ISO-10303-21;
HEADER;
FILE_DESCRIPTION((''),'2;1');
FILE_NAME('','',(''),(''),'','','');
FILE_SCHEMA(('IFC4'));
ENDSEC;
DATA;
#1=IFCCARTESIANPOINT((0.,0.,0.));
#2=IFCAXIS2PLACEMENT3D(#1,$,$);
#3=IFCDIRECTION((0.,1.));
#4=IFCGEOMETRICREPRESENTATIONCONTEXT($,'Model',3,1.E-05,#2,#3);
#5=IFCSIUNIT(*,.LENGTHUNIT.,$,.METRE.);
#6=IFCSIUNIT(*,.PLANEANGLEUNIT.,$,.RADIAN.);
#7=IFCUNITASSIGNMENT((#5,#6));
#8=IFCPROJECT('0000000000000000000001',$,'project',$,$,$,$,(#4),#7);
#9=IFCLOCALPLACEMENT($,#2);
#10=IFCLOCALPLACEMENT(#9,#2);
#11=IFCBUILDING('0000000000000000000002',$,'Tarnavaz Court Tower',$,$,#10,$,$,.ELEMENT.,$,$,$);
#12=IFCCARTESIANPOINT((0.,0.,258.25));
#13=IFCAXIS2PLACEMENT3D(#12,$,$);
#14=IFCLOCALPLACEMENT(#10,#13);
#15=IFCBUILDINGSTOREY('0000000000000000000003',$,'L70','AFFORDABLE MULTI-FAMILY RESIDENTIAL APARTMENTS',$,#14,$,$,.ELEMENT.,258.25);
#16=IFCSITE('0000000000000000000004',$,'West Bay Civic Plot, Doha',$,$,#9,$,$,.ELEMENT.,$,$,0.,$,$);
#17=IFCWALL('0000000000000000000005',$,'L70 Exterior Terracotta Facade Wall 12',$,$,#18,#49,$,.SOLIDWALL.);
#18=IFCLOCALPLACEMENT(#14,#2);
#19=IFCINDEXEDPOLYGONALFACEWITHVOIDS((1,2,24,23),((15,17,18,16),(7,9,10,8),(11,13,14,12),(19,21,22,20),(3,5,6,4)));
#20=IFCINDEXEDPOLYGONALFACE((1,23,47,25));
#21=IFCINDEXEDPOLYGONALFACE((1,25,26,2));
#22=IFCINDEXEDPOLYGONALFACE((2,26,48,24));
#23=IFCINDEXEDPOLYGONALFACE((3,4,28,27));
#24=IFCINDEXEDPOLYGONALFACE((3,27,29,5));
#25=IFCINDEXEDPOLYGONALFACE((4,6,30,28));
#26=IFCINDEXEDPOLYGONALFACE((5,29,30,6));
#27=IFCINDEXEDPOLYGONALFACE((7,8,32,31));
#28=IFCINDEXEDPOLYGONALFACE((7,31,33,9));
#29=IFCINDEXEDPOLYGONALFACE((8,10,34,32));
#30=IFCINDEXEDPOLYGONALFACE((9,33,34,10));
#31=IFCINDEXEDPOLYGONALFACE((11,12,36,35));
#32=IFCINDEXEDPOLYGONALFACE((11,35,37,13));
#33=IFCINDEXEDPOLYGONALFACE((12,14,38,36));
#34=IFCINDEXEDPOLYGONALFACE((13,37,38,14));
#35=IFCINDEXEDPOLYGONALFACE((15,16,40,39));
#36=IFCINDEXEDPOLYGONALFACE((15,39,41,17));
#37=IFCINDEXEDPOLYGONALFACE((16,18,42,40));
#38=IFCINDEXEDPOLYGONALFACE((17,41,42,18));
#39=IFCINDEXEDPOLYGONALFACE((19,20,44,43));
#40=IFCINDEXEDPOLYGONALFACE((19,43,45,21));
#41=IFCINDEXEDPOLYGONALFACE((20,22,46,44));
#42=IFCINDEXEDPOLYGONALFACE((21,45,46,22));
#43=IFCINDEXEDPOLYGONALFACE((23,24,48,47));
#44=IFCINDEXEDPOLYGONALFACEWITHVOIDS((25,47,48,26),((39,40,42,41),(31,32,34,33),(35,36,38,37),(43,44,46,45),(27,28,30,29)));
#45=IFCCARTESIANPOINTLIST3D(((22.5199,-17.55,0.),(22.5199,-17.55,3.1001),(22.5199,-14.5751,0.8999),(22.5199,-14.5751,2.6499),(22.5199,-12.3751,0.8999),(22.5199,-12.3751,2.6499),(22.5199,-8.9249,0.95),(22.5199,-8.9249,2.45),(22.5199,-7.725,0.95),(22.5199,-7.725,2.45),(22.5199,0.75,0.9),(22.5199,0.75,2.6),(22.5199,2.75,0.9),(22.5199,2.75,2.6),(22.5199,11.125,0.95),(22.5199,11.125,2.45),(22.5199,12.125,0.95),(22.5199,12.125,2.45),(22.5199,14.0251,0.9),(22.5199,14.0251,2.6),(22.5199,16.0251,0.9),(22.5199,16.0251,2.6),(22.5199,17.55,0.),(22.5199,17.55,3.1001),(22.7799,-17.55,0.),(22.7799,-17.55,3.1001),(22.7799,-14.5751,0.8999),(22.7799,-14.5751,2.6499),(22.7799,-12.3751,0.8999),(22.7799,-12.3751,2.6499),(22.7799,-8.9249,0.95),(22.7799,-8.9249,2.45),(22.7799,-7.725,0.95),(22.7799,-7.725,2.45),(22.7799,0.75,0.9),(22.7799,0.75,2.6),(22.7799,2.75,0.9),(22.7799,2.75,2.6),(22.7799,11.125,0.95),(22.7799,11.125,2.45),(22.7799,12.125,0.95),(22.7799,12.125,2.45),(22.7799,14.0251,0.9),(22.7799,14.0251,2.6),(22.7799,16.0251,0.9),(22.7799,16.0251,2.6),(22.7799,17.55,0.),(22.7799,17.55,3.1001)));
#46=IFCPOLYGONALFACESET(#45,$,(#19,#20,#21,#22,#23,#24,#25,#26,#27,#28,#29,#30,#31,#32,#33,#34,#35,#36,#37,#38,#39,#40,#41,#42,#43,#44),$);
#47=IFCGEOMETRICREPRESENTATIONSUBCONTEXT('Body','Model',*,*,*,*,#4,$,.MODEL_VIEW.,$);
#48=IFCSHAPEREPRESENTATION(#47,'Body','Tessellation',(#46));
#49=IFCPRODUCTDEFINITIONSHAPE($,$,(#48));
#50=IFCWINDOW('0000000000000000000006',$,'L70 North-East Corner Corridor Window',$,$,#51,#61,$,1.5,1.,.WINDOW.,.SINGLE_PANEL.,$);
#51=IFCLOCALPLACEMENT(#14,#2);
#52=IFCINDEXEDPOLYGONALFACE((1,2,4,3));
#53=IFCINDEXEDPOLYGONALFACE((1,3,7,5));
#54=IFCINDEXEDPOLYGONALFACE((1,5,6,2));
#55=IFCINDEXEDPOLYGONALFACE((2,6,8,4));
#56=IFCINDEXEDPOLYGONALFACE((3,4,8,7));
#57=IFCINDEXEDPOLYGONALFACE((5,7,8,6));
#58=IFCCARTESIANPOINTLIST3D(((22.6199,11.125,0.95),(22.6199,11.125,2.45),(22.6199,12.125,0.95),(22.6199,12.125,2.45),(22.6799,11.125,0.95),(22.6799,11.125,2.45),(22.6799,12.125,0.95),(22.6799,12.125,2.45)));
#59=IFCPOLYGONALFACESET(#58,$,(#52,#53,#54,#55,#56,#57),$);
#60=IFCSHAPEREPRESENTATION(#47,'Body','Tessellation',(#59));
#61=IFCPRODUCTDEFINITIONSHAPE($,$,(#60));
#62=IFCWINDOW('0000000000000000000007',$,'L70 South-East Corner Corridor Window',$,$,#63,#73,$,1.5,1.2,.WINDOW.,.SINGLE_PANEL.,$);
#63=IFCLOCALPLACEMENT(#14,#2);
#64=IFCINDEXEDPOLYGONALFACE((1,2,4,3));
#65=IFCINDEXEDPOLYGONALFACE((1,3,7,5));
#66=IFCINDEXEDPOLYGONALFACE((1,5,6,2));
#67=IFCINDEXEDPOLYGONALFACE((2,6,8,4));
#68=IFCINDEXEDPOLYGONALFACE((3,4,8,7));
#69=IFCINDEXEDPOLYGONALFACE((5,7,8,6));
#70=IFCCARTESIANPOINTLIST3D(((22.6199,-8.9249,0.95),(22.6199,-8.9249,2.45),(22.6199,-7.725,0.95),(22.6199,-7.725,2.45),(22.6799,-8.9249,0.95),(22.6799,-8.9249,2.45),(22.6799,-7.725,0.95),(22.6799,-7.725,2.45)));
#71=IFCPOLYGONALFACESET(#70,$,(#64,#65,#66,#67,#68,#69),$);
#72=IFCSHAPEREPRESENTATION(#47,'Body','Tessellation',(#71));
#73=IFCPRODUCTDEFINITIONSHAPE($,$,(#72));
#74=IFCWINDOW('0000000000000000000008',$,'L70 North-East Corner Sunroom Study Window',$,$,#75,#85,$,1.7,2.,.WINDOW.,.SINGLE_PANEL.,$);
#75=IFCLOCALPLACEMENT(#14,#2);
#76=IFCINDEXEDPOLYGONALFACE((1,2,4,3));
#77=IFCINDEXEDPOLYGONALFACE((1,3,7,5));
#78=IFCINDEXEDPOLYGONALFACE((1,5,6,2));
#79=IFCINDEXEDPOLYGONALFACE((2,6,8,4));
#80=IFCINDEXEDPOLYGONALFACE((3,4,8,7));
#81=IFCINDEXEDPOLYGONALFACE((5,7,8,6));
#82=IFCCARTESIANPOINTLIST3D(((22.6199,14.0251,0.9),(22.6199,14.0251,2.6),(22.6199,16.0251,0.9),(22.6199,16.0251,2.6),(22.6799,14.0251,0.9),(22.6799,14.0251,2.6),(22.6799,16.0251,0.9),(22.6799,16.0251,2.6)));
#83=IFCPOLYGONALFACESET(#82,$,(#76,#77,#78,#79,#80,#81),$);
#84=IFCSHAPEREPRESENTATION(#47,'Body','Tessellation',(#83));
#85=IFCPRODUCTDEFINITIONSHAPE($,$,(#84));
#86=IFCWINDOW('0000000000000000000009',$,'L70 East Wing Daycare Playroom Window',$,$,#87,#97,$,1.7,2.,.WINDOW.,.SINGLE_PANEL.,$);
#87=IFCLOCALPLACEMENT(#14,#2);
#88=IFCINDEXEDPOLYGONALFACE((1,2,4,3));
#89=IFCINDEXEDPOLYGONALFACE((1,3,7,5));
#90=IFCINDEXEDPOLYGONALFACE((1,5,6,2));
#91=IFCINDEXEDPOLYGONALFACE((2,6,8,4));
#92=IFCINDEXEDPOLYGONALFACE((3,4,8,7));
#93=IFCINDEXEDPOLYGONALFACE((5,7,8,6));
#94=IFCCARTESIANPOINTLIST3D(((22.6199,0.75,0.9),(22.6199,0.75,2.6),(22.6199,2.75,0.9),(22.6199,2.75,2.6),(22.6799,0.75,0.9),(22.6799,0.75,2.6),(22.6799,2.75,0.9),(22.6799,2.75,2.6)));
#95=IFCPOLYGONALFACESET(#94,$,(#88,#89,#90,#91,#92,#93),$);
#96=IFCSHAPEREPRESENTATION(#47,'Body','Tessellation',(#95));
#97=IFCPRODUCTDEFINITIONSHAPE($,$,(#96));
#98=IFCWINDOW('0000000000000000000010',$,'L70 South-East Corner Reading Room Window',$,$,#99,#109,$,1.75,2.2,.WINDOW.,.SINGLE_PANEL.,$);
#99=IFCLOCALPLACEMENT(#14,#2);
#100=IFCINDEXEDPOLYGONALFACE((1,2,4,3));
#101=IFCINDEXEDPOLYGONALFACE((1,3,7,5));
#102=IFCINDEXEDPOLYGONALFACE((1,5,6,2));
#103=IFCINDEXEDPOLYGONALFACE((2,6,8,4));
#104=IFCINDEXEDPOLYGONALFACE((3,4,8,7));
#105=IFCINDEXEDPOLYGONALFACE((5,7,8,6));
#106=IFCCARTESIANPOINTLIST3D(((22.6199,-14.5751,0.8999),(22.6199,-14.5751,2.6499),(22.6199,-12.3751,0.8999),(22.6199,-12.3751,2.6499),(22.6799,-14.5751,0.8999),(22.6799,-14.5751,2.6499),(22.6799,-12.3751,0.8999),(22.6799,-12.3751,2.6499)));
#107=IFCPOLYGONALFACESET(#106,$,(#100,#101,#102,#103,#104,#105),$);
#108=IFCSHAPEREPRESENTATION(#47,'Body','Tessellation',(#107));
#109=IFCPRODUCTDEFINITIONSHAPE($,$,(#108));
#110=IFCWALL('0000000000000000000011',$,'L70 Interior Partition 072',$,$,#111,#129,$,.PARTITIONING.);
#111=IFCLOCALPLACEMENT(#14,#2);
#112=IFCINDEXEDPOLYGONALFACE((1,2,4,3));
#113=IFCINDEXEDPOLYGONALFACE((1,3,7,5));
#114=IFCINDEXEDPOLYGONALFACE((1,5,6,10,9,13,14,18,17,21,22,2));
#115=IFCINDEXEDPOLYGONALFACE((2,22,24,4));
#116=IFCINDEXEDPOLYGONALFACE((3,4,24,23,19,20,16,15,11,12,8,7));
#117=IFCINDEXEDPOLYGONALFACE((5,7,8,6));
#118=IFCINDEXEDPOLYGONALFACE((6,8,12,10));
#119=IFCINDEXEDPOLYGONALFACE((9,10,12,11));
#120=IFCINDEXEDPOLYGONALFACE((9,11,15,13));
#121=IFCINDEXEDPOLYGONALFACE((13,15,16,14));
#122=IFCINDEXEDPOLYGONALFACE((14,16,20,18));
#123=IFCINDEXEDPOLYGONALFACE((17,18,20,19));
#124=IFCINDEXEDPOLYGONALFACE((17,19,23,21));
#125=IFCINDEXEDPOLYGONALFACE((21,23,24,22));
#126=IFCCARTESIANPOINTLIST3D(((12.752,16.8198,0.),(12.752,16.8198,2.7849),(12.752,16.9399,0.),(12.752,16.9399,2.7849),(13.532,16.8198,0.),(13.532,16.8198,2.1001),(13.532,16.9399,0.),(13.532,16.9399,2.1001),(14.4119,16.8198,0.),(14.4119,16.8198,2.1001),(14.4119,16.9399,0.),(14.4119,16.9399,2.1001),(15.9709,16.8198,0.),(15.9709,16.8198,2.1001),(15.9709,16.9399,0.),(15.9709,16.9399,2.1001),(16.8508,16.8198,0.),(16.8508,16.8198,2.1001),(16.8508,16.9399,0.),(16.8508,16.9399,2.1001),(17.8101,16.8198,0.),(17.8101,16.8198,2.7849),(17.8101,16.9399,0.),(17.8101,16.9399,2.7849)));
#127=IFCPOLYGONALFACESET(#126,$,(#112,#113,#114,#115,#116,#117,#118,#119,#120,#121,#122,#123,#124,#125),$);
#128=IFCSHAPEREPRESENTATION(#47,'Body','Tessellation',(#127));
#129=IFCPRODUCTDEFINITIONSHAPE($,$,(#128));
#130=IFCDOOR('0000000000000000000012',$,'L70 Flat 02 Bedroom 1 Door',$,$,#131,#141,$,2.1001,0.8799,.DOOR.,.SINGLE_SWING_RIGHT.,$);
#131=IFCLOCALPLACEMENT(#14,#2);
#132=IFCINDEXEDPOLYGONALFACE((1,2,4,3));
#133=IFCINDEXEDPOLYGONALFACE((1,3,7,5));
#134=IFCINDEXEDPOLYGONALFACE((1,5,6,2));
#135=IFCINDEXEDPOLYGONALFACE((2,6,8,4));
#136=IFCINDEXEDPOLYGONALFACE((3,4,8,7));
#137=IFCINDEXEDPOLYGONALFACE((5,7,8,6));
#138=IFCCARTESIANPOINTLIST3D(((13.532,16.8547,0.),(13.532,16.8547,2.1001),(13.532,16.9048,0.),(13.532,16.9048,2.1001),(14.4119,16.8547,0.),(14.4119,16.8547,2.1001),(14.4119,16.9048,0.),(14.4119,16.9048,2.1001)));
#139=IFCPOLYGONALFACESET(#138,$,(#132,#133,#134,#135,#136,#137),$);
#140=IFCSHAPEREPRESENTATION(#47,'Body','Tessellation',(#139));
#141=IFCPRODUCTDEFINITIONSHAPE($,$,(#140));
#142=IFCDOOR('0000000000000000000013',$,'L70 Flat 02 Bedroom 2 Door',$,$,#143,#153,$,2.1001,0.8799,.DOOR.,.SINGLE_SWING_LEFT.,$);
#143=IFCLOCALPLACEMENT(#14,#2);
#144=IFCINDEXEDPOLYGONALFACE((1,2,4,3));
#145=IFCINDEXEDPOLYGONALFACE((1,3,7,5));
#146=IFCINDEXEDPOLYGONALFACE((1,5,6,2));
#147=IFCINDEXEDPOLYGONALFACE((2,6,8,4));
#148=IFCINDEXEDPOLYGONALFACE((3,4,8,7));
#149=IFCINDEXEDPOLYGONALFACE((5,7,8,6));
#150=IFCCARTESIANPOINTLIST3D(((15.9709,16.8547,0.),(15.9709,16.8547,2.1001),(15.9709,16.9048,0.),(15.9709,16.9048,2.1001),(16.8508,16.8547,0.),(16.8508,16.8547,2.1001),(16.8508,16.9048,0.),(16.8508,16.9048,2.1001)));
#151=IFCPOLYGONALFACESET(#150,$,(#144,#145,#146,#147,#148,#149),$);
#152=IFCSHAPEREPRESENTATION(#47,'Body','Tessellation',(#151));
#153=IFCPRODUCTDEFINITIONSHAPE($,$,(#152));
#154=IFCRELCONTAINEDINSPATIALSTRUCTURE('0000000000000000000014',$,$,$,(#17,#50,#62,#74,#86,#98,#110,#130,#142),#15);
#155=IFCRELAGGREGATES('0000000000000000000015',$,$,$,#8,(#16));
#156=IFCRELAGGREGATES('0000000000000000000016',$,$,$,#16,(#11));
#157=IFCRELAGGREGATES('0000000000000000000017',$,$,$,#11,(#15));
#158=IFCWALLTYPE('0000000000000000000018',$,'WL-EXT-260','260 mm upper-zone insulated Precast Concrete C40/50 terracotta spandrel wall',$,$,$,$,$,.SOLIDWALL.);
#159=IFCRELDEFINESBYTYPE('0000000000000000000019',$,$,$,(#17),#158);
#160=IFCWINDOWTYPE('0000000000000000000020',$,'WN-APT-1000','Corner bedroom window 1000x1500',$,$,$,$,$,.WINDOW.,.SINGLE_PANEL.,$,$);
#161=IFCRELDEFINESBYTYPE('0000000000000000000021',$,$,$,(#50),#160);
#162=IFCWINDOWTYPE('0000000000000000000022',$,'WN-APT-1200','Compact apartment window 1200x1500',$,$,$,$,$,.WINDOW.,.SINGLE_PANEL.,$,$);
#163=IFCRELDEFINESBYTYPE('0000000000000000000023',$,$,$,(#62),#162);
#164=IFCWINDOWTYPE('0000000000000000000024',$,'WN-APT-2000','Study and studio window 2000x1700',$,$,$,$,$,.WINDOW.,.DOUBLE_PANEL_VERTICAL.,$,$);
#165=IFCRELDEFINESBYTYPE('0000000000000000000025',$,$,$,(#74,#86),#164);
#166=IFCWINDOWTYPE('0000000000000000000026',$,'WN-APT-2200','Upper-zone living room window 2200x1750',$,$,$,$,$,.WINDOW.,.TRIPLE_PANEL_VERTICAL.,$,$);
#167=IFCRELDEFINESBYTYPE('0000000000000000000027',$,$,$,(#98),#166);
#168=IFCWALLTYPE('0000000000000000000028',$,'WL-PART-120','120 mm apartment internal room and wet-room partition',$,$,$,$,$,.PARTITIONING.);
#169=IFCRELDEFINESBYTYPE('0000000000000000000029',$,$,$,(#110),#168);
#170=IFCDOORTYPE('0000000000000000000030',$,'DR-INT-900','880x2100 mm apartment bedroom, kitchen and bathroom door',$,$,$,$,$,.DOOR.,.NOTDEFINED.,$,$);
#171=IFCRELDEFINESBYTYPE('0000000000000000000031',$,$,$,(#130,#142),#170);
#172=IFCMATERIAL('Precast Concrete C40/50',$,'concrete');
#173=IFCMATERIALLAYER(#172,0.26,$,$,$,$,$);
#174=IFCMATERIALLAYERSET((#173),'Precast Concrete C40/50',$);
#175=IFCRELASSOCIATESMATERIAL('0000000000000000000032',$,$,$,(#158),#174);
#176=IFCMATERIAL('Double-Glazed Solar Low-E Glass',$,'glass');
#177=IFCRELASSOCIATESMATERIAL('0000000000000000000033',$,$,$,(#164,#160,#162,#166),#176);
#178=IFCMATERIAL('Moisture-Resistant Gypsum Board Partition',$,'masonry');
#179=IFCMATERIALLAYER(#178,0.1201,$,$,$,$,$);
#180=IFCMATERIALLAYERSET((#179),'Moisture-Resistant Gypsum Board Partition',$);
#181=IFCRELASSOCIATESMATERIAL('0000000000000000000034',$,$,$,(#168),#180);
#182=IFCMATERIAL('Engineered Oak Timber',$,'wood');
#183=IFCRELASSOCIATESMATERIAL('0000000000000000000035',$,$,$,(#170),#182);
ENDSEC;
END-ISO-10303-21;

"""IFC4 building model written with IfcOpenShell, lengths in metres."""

from ifc_helpers import new_model, si_unit, direction, frame, frame_2d, origin, place, context, subcontext, project, spatial, rectangle, extrude, material, layer, layer_set, type_object, element, fill, save


model = new_model("IFC4")

# Units and contexts
model_context = context("Model", 3, precision=1e-05, world=origin(), true_north=direction((0.0, 1.0)))
body_context = subcontext(model_context, "Body", "Model", "MODEL_VIEW")
ifc_project = project(units=[si_unit("LENGTHUNIT", "METRE"), si_unit("PLANEANGLEUNIT", "RADIAN")], contexts=[model_context])

# Site, building, storey
site_placement = place(None, origin())
site = spatial("IfcSite", under=ifc_project, at=site_placement, Name="West Bay Civic Plot, Doha", CompositionType="ELEMENT", RefElevation=0.0)
building_placement = place(site_placement, origin())
building = spatial("IfcBuilding", under=site, at=building_placement, Name="Tarnavaz Court Tower", CompositionType="ELEMENT")
storey_placement = place(building_placement, frame((0.0, 0.0, 258.25)))
storey = spatial("IfcBuildingStorey", under=building, at=storey_placement, Name="L70", Description="AFFORDABLE MULTI-FAMILY RESIDENTIAL APARTMENTS", CompositionType="ELEMENT", Elevation=258.25)

# Shared definitions
ifc_material_1 = material(Name="Precast Concrete C40/50", Category="concrete")
ifc_layer_1 = layer(ifc_material_1, 0.26)
ifc_layer_set_1 = layer_set([ifc_layer_1], Name="Precast Concrete C40/50")
wall_type_1 = type_object("IfcWallType", Name="WL-EXT-260", Description="260 mm upper-zone insulated Precast Concrete C40/50 terracotta spandrel wall", PredefinedType="SOLIDWALL", material=ifc_layer_set_1)
ifc_material_2 = material(Name="Double-Glazed Solar Low-E Glass", Category="glass")
window_type_1 = type_object("IfcWindowType", Name="WN-APT-2000", Description="Study and studio window 2000x1700", PartitioningType="DOUBLE_PANEL_VERTICAL", PredefinedType="WINDOW", material=ifc_material_2)

# Wall, openings, windows
wall_1_placement = place(storey_placement, frame((22.6499, 17.55, 0.0), z_axis=(0.0, 0.0, 1.0), x_axis=(0.0, -1.0, 0.0)))
wall_1 = element("IfcWall", 1, at=wall_1_placement, inside=storey, type_object=wall_type_1, Name="L70 Exterior Terracotta Facade Wall 12", PredefinedType="SOLIDWALL", context=body_context, shape_type="SweptSolid", body=[
    extrude(rectangle(XDim=35.1001, YDim=0.26, at=frame_2d((17.55, 0.0))), origin(), (0.0, 0.0, 1.0), 3.1001),
])
opening_1_placement = place(wall_1_placement, frame((1.5249, 0.0, 0.8999)))
opening_1 = element("IfcOpeningElement", 2, at=opening_1_placement, cuts=wall_1, PredefinedType="OPENING", context=body_context, shape_type="SweptSolid", body=[
    extrude(rectangle(XDim=2.0, YDim=1.7, at=frame_2d((1.0, 0.8501))), frame((0.0, 0.1399, 0.0), z_axis=(0.0, -1.0, 0.0), x_axis=(1.0, 0.0, 0.0)), (0.0, 0.0, 1.0), 0.28),
])
opening_2_placement = place(wall_1_placement, frame((5.425, 0.0, 0.95)))
opening_2 = element("IfcOpeningElement", 3, at=opening_2_placement, cuts=wall_1, PredefinedType="OPENING", context=body_context, shape_type="SweptSolid", body=[
    extrude(rectangle(XDim=1.0, YDim=1.5, at=frame_2d((0.5, 0.75))), frame((0.0, 0.1399, 0.0), z_axis=(0.0, -1.0, 0.0), x_axis=(1.0, 0.0, 0.0)), (0.0, 0.0, 1.0), 0.28),
])
opening_3_placement = place(wall_1_placement, frame((14.8, 0.0, 0.8999)))
opening_3 = element("IfcOpeningElement", 4, at=opening_3_placement, cuts=wall_1, PredefinedType="OPENING", context=body_context, shape_type="SweptSolid", body=[
    extrude(rectangle(XDim=2.0, YDim=1.7, at=frame_2d((1.0, 0.8501))), frame((0.0, 0.1399, 0.0), z_axis=(0.0, -1.0, 0.0), x_axis=(1.0, 0.0, 0.0)), (0.0, 0.0, 1.0), 0.28),
])
opening_4_placement = place(wall_1_placement, frame((25.2749, 0.0, 0.95)))
opening_4 = element("IfcOpeningElement", 5, at=opening_4_placement, cuts=wall_1, PredefinedType="OPENING", context=body_context, shape_type="SweptSolid", body=[
    extrude(rectangle(XDim=1.2, YDim=1.5, at=frame_2d((0.6001, 0.75))), frame((0.0, 0.1399, 0.0), z_axis=(0.0, -1.0, 0.0), x_axis=(1.0, 0.0, 0.0)), (0.0, 0.0, 1.0), 0.28),
])
opening_5_placement = place(wall_1_placement, frame((29.925, 0.0, 0.8999)))
opening_5 = element("IfcOpeningElement", 6, at=opening_5_placement, cuts=wall_1, PredefinedType="OPENING", context=body_context, shape_type="SweptSolid", body=[
    extrude(rectangle(XDim=2.2, YDim=1.75, at=frame_2d((1.1001, 0.875))), frame((0.0, 0.1399, 0.0), z_axis=(0.0, -1.0, 0.0), x_axis=(1.0, 0.0, 0.0)), (0.0, 0.0, 1.0), 0.28),
])
window_type_2 = type_object("IfcWindowType", Name="WN-APT-1000", Description="Corner bedroom window 1000x1500", PartitioningType="SINGLE_PANEL", PredefinedType="WINDOW", material=ifc_material_2)
window_1_placement = place(opening_2_placement, origin())
window_1 = element("IfcWindow", 7, at=window_1_placement, inside=storey, type_object=window_type_2, Name="L70 North-East Corner Corridor Window", OverallHeight=1.5, OverallWidth=1.0, PartitioningType="SINGLE_PANEL", PredefinedType="WINDOW", context=body_context, shape_type="SweptSolid", body=[
    extrude(rectangle(XDim=1.0, YDim=1.5, at=frame_2d((0.5, 0.75))), frame((0.0, 0.03, 0.0), z_axis=(0.0, -1.0, 0.0), x_axis=(1.0, 0.0, 0.0)), (0.0, 0.0, 1.0), 0.0601),
])
fill(opening_2, window_1)
window_type_3 = type_object("IfcWindowType", Name="WN-APT-1200", Description="Compact apartment window 1200x1500", PartitioningType="SINGLE_PANEL", PredefinedType="WINDOW", material=ifc_material_2)
window_2_placement = place(opening_4_placement, origin())
window_2 = element("IfcWindow", 8, at=window_2_placement, inside=storey, type_object=window_type_3, Name="L70 South-East Corner Corridor Window", OverallHeight=1.5, OverallWidth=1.2, PartitioningType="SINGLE_PANEL", PredefinedType="WINDOW", context=body_context, shape_type="SweptSolid", body=[
    extrude(rectangle(XDim=1.2, YDim=1.5, at=frame_2d((0.6001, 0.75))), frame((0.0, 0.03, 0.0), z_axis=(0.0, -1.0, 0.0), x_axis=(1.0, 0.0, 0.0)), (0.0, 0.0, 1.0), 0.0601),
])
fill(opening_4, window_2)
window_3_placement = place(opening_1_placement, origin())
window_3 = element("IfcWindow", 9, at=window_3_placement, inside=storey, type_object=window_type_1, Name="L70 North-East Corner Sunroom Study Window", OverallHeight=1.7, OverallWidth=2.0, PartitioningType="SINGLE_PANEL", PredefinedType="WINDOW", context=body_context, shape_type="SweptSolid", body=[
    extrude(rectangle(XDim=2.0, YDim=1.7, at=frame_2d((1.0, 0.8501))), frame((0.0, 0.03, 0.0), z_axis=(0.0, -1.0, 0.0), x_axis=(1.0, 0.0, 0.0)), (0.0, 0.0, 1.0), 0.0601),
])
fill(opening_1, window_3)
window_4_placement = place(opening_3_placement, origin())
window_4 = element("IfcWindow", 10, at=window_4_placement, inside=storey, type_object=window_type_1, Name="L70 East Wing Daycare Playroom Window", OverallHeight=1.7, OverallWidth=2.0, PartitioningType="SINGLE_PANEL", PredefinedType="WINDOW", context=body_context, shape_type="SweptSolid", body=[
    extrude(rectangle(XDim=2.0, YDim=1.7, at=frame_2d((1.0, 0.8501))), frame((0.0, 0.03, 0.0), z_axis=(0.0, -1.0, 0.0), x_axis=(1.0, 0.0, 0.0)), (0.0, 0.0, 1.0), 0.0601),
])
fill(opening_3, window_4)
window_type_4 = type_object("IfcWindowType", Name="WN-APT-2200", Description="Upper-zone living room window 2200x1750", PartitioningType="TRIPLE_PANEL_VERTICAL", PredefinedType="WINDOW", material=ifc_material_2)
window_5_placement = place(opening_5_placement, origin())
window_5 = element("IfcWindow", 11, at=window_5_placement, inside=storey, type_object=window_type_4, Name="L70 South-East Corner Reading Room Window", OverallHeight=1.75, OverallWidth=2.2, PartitioningType="SINGLE_PANEL", PredefinedType="WINDOW", context=body_context, shape_type="SweptSolid", body=[
    extrude(rectangle(XDim=2.2, YDim=1.75, at=frame_2d((1.1001, 0.875))), frame((0.0, 0.03, 0.0), z_axis=(0.0, -1.0, 0.0), x_axis=(1.0, 0.0, 0.0)), (0.0, 0.0, 1.0), 0.0601),
])
fill(opening_5, window_5)

# Wall, openings, doors
ifc_material_3 = material(Name="Moisture-Resistant Gypsum Board Partition", Category="masonry")
ifc_layer_2 = layer(ifc_material_3, 0.1201)
ifc_layer_set_2 = layer_set([ifc_layer_2], Name="Moisture-Resistant Gypsum Board Partition")
wall_type_2 = type_object("IfcWallType", Name="WL-PART-120", Description="120 mm apartment internal room and wet-room partition", PredefinedType="PARTITIONING", material=ifc_layer_set_2)
wall_2_placement = place(storey_placement, frame((12.752, 16.8799, 0.0), z_axis=(0.0, 0.0, 1.0), x_axis=(1.0, 0.0, 0.0)))
wall_2 = element("IfcWall", 12, at=wall_2_placement, inside=storey, type_object=wall_type_2, Name="L70 Interior Partition 072", PredefinedType="PARTITIONING", context=body_context, shape_type="SweptSolid", body=[
    extrude(rectangle(XDim=5.0581, YDim=0.1201, at=frame_2d((2.5291, 0.0))), origin(), (0.0, 0.0, 1.0), 2.7849),
])
opening_6_placement = place(wall_2_placement, frame((0.78, 0.0, 0.0)))
opening_6 = element("IfcOpeningElement", 13, at=opening_6_placement, cuts=wall_2, PredefinedType="OPENING", context=body_context, shape_type="SweptSolid", body=[
    extrude(rectangle(XDim=0.8799, YDim=2.1001, at=frame_2d((0.4399, 1.05))), frame((0.0, 0.0701, 0.0), z_axis=(0.0, -1.0, 0.0), x_axis=(1.0, 0.0, 0.0)), (0.0, 0.0, 1.0), 0.1401),
])
opening_7_placement = place(wall_2_placement, frame((3.219, 0.0, 0.0)))
opening_7 = element("IfcOpeningElement", 14, at=opening_7_placement, cuts=wall_2, PredefinedType="OPENING", context=body_context, shape_type="SweptSolid", body=[
    extrude(rectangle(XDim=0.8799, YDim=2.1001, at=frame_2d((0.4399, 1.05))), frame((0.0, 0.0701, 0.0), z_axis=(0.0, -1.0, 0.0), x_axis=(1.0, 0.0, 0.0)), (0.0, 0.0, 1.0), 0.1401),
])
ifc_material_4 = material(Name="Engineered Oak Timber", Category="wood")
door_type = type_object("IfcDoorType", Name="DR-INT-900", Description="880x2100 mm apartment bedroom, kitchen and bathroom door", OperationType="NOTDEFINED", PredefinedType="DOOR", material=ifc_material_4)
door_1_placement = place(opening_6_placement, origin())
door_1 = element("IfcDoor", 15, at=door_1_placement, inside=storey, type_object=door_type, Name="L70 Flat 02 Bedroom 1 Door", OperationType="SINGLE_SWING_RIGHT", OverallHeight=2.1001, OverallWidth=0.8799, PredefinedType="DOOR", context=body_context, shape_type="SweptSolid", body=[
    extrude(rectangle(XDim=0.8799, YDim=2.1001, at=frame_2d((0.4399, 1.05))), frame((0.0, 0.0249, 0.0), z_axis=(0.0, -1.0, 0.0), x_axis=(1.0, 0.0, 0.0)), (0.0, 0.0, 1.0), 0.05),
])
fill(opening_6, door_1)
door_2_placement = place(opening_7_placement, origin())
door_2 = element("IfcDoor", 16, at=door_2_placement, inside=storey, type_object=door_type, Name="L70 Flat 02 Bedroom 2 Door", OperationType="SINGLE_SWING_LEFT", OverallHeight=2.1001, OverallWidth=0.8799, PredefinedType="DOOR", context=body_context, shape_type="SweptSolid", body=[
    extrude(rectangle(XDim=0.8799, YDim=2.1001, at=frame_2d((0.4399, 1.05))), frame((0.0, 0.0249, 0.0), z_axis=(0.0, -1.0, 0.0), x_axis=(1.0, 0.0, 0.0)), (0.0, 0.0, 1.0), 0.05),
])
fill(opening_7, door_2)

save(model, "model.ifc")
